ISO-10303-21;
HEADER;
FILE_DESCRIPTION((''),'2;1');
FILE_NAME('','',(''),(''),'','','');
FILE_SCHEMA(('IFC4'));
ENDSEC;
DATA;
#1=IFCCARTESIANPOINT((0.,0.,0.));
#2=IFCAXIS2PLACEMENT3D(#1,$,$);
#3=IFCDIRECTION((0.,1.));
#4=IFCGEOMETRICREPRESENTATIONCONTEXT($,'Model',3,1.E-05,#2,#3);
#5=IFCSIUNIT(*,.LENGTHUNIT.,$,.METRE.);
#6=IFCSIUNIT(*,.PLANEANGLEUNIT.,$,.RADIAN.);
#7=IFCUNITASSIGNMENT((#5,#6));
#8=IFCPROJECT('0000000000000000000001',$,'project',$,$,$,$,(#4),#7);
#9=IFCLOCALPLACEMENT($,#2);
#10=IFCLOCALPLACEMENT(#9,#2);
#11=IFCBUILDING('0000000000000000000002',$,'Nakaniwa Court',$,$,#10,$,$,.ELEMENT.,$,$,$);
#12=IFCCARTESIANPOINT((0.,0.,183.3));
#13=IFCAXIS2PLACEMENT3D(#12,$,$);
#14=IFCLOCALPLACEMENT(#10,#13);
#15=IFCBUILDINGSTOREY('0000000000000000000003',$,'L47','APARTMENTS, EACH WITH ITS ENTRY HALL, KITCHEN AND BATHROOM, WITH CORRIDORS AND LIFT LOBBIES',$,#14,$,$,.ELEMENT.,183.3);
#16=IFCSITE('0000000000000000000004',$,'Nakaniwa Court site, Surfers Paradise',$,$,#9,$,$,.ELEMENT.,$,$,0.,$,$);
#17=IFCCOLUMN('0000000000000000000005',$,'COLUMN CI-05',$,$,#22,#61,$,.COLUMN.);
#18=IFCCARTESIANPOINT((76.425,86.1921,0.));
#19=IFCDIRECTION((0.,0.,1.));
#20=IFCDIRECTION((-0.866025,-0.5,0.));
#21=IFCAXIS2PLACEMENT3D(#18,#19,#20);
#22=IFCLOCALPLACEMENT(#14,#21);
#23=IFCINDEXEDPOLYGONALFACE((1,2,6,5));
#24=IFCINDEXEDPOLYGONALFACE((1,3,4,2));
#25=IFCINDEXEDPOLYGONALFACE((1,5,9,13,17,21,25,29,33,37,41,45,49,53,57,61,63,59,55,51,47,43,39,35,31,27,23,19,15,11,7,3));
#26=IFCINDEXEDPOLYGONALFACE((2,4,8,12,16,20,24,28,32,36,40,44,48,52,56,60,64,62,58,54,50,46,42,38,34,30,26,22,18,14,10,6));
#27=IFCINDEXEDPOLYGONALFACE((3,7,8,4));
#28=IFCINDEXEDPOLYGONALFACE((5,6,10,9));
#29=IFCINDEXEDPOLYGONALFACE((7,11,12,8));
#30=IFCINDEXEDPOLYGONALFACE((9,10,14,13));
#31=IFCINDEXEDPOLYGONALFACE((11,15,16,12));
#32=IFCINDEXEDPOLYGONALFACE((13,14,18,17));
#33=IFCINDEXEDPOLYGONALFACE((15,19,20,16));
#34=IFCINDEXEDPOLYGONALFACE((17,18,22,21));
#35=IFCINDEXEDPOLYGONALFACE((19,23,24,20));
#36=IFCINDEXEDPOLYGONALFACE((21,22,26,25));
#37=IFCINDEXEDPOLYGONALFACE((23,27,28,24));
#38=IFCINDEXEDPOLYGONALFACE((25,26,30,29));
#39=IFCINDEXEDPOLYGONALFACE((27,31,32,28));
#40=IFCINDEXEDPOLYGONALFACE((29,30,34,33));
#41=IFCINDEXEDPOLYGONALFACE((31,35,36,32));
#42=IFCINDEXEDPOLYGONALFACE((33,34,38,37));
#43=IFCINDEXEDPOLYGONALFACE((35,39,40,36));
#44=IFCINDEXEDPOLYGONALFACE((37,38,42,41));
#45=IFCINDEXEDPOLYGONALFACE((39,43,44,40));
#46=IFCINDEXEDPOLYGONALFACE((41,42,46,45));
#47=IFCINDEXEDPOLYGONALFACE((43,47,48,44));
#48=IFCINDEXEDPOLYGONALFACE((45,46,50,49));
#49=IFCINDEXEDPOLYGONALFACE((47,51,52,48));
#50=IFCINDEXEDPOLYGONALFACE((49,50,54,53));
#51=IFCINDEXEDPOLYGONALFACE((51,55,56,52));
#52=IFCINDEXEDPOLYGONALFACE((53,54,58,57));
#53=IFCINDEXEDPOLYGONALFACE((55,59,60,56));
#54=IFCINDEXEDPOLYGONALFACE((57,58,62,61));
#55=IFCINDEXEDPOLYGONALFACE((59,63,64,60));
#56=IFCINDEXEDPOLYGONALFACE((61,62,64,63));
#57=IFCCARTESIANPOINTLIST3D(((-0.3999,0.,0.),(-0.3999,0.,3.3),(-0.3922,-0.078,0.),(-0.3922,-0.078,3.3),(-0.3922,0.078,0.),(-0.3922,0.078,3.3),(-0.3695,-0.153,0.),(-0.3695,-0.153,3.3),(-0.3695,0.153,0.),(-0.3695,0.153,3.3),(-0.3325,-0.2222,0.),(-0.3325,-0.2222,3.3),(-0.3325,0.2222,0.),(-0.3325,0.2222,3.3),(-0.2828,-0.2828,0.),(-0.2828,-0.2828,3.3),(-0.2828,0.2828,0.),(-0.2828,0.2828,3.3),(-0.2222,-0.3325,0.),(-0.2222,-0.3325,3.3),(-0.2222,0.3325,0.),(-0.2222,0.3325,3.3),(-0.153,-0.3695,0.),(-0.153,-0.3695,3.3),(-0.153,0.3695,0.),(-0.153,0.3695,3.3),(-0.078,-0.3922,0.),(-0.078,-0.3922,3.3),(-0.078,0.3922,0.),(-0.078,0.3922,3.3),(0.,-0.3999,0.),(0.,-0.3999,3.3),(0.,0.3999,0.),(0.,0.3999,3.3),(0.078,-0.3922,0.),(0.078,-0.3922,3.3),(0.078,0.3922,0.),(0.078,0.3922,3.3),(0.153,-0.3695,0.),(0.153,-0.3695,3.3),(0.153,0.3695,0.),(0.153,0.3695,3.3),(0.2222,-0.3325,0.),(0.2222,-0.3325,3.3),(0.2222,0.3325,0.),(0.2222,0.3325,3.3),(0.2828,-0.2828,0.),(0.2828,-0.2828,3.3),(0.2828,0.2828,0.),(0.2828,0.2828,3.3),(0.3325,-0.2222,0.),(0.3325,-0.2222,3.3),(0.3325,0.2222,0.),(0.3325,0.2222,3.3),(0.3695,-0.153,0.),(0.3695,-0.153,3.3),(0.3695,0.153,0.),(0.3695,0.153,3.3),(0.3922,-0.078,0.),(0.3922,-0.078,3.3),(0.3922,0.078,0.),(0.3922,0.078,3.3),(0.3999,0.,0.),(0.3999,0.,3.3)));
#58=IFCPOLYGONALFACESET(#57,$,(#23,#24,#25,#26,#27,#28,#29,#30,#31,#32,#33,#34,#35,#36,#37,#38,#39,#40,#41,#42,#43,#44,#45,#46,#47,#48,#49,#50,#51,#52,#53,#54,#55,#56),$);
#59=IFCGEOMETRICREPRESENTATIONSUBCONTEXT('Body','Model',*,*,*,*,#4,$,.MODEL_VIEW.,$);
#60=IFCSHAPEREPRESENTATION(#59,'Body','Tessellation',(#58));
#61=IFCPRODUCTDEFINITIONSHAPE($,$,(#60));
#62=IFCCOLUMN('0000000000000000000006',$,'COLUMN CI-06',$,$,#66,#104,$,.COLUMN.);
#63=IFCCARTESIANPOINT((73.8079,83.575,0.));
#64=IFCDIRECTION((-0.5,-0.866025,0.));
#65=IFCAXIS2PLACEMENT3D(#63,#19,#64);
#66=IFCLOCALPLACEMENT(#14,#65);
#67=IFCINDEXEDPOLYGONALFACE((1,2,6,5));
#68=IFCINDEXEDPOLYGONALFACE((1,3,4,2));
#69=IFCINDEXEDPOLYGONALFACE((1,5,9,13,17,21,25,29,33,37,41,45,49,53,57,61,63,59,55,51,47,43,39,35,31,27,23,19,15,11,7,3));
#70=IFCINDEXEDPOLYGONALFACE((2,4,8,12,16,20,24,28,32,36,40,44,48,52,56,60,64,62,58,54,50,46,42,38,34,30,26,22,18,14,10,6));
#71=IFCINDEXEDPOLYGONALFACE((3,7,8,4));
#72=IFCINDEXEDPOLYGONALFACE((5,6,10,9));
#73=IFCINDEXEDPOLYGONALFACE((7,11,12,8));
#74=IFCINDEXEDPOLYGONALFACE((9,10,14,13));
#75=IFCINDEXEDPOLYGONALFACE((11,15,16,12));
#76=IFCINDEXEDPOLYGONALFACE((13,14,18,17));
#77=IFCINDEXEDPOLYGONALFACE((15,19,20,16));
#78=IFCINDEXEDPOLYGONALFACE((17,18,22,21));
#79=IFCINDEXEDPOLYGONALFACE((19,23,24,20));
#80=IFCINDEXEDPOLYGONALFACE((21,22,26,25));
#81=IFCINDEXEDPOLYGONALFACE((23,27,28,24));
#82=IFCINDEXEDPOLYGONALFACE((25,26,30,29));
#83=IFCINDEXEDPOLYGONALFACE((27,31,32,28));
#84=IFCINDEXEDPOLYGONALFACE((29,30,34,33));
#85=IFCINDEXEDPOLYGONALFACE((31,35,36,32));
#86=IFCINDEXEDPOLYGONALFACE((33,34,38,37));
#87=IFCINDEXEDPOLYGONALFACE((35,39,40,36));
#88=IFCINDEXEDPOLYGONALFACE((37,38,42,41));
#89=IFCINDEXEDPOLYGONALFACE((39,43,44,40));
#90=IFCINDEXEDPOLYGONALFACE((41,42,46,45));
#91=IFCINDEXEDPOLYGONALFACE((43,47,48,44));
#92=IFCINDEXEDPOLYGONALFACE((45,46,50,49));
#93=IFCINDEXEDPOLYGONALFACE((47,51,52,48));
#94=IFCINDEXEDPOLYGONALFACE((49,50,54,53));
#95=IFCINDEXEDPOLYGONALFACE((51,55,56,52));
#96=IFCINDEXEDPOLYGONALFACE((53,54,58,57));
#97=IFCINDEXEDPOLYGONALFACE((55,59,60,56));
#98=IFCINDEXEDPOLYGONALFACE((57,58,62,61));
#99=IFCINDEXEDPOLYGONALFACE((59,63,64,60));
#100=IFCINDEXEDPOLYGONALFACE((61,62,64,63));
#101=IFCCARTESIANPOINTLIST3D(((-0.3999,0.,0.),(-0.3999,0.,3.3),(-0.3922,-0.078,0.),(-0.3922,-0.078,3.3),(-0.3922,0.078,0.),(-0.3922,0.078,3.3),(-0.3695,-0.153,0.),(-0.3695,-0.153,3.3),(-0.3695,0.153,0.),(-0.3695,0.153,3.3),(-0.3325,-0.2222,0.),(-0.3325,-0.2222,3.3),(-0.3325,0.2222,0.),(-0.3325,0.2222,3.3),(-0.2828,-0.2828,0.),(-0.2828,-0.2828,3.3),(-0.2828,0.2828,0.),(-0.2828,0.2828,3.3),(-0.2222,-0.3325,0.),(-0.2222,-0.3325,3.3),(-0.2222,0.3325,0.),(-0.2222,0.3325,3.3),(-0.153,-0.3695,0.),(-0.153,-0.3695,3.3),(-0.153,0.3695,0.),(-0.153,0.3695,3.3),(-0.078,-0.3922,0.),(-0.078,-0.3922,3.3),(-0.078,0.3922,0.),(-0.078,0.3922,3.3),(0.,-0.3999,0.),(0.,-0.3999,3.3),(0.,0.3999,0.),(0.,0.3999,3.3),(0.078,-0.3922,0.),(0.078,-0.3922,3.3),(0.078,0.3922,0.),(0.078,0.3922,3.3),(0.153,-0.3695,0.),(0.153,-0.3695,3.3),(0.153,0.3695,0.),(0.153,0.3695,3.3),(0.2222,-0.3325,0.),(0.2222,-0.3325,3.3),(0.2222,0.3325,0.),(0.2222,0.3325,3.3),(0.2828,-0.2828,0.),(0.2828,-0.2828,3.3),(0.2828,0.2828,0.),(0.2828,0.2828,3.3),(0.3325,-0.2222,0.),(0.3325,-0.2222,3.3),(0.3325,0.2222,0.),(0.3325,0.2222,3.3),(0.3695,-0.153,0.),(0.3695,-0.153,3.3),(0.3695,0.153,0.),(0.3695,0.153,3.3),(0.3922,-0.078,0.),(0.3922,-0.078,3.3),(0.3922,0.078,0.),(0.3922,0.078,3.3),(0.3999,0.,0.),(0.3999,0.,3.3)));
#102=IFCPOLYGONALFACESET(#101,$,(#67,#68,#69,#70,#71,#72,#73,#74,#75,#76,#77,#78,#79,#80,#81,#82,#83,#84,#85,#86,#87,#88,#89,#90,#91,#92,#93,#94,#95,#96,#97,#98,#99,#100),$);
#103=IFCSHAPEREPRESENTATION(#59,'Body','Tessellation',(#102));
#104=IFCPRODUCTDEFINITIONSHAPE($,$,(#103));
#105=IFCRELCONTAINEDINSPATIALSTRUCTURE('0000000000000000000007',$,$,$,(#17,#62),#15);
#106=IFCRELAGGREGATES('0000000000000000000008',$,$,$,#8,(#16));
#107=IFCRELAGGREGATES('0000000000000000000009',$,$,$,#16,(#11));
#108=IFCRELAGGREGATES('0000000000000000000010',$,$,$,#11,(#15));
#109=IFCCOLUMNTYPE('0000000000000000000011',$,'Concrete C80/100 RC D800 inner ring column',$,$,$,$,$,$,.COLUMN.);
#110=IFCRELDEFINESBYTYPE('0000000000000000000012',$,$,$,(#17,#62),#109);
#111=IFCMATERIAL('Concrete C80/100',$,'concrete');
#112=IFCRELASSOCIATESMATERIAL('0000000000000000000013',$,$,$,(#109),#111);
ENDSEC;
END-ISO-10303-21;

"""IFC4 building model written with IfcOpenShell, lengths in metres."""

from ifc_helpers import new_model, si_unit, direction, frame, origin, origin_2d, place, context, subcontext, project, spatial, circle, extrude, material, material_profile, profile_set, type_object, element, save


model = new_model("IFC4")

# Units and contexts
model_context = context("Model", 3, precision=1e-05, world=origin(), true_north=direction((0.0, 1.0)))
body_context = subcontext(model_context, "Body", "Model", "MODEL_VIEW")
ifc_project = project(units=[si_unit("LENGTHUNIT", "METRE"), si_unit("PLANEANGLEUNIT", "RADIAN")], contexts=[model_context])

# Site, building, storey
site_placement = place(None, origin())
site = spatial("IfcSite", under=ifc_project, at=site_placement, Name="Nakaniwa Court site, Surfers Paradise", CompositionType="ELEMENT", RefElevation=0.0)
building_placement = place(site_placement, origin())
building = spatial("IfcBuilding", under=site, at=building_placement, Name="Nakaniwa Court", CompositionType="ELEMENT")
storey_placement = place(building_placement, frame((0.0, 0.0, 183.3)))
storey = spatial("IfcBuildingStorey", under=building, at=storey_placement, Name="L47", Description="APARTMENTS, EACH WITH ITS ENTRY HALL, KITCHEN AND BATHROOM, WITH CORRIDORS AND LIFT LOBBIES", CompositionType="ELEMENT", Elevation=183.3)

# Columns
ifc_material_1 = material(Name="Concrete C80/100", Category="concrete")
ifc_material_profile_1 = material_profile(ifc_material_1, circle(Radius=0.3999, at=origin_2d()), Name="Concrete C80/100 RC D800 inner ring column")
ifc_profile_set_1 = profile_set([ifc_material_profile_1], Name="Concrete C80/100")
column_type_1 = type_object("IfcColumnType", Name="Concrete C80/100 RC D800 inner ring column", PredefinedType="COLUMN", material=ifc_profile_set_1)
for number, where, z_axis, x_axis, name in (
    (1, (76.425, 86.1921, 0.0), (0.0, 0.0, 1.0), (-0.866025, -0.5, 0.0), "COLUMN CI-05"),
    (2, (73.8079, 83.575, 0.0), (0.0, 0.0, 1.0), (-0.5, -0.866025, 0.0), "COLUMN CI-06"),
):
    element("IfcColumn", number, at=place(storey_placement, frame(where, z_axis=z_axis, x_axis=x_axis)), inside=storey, type_object=column_type_1, Name=name, PredefinedType="COLUMN", context=body_context, shape_type="SweptSolid", body=[
        extrude(circle(Radius=0.3999, at=origin_2d()), origin(), (0.0, 0.0, 1.0), 3.3),
    ])

save(model, "model.ifc")
